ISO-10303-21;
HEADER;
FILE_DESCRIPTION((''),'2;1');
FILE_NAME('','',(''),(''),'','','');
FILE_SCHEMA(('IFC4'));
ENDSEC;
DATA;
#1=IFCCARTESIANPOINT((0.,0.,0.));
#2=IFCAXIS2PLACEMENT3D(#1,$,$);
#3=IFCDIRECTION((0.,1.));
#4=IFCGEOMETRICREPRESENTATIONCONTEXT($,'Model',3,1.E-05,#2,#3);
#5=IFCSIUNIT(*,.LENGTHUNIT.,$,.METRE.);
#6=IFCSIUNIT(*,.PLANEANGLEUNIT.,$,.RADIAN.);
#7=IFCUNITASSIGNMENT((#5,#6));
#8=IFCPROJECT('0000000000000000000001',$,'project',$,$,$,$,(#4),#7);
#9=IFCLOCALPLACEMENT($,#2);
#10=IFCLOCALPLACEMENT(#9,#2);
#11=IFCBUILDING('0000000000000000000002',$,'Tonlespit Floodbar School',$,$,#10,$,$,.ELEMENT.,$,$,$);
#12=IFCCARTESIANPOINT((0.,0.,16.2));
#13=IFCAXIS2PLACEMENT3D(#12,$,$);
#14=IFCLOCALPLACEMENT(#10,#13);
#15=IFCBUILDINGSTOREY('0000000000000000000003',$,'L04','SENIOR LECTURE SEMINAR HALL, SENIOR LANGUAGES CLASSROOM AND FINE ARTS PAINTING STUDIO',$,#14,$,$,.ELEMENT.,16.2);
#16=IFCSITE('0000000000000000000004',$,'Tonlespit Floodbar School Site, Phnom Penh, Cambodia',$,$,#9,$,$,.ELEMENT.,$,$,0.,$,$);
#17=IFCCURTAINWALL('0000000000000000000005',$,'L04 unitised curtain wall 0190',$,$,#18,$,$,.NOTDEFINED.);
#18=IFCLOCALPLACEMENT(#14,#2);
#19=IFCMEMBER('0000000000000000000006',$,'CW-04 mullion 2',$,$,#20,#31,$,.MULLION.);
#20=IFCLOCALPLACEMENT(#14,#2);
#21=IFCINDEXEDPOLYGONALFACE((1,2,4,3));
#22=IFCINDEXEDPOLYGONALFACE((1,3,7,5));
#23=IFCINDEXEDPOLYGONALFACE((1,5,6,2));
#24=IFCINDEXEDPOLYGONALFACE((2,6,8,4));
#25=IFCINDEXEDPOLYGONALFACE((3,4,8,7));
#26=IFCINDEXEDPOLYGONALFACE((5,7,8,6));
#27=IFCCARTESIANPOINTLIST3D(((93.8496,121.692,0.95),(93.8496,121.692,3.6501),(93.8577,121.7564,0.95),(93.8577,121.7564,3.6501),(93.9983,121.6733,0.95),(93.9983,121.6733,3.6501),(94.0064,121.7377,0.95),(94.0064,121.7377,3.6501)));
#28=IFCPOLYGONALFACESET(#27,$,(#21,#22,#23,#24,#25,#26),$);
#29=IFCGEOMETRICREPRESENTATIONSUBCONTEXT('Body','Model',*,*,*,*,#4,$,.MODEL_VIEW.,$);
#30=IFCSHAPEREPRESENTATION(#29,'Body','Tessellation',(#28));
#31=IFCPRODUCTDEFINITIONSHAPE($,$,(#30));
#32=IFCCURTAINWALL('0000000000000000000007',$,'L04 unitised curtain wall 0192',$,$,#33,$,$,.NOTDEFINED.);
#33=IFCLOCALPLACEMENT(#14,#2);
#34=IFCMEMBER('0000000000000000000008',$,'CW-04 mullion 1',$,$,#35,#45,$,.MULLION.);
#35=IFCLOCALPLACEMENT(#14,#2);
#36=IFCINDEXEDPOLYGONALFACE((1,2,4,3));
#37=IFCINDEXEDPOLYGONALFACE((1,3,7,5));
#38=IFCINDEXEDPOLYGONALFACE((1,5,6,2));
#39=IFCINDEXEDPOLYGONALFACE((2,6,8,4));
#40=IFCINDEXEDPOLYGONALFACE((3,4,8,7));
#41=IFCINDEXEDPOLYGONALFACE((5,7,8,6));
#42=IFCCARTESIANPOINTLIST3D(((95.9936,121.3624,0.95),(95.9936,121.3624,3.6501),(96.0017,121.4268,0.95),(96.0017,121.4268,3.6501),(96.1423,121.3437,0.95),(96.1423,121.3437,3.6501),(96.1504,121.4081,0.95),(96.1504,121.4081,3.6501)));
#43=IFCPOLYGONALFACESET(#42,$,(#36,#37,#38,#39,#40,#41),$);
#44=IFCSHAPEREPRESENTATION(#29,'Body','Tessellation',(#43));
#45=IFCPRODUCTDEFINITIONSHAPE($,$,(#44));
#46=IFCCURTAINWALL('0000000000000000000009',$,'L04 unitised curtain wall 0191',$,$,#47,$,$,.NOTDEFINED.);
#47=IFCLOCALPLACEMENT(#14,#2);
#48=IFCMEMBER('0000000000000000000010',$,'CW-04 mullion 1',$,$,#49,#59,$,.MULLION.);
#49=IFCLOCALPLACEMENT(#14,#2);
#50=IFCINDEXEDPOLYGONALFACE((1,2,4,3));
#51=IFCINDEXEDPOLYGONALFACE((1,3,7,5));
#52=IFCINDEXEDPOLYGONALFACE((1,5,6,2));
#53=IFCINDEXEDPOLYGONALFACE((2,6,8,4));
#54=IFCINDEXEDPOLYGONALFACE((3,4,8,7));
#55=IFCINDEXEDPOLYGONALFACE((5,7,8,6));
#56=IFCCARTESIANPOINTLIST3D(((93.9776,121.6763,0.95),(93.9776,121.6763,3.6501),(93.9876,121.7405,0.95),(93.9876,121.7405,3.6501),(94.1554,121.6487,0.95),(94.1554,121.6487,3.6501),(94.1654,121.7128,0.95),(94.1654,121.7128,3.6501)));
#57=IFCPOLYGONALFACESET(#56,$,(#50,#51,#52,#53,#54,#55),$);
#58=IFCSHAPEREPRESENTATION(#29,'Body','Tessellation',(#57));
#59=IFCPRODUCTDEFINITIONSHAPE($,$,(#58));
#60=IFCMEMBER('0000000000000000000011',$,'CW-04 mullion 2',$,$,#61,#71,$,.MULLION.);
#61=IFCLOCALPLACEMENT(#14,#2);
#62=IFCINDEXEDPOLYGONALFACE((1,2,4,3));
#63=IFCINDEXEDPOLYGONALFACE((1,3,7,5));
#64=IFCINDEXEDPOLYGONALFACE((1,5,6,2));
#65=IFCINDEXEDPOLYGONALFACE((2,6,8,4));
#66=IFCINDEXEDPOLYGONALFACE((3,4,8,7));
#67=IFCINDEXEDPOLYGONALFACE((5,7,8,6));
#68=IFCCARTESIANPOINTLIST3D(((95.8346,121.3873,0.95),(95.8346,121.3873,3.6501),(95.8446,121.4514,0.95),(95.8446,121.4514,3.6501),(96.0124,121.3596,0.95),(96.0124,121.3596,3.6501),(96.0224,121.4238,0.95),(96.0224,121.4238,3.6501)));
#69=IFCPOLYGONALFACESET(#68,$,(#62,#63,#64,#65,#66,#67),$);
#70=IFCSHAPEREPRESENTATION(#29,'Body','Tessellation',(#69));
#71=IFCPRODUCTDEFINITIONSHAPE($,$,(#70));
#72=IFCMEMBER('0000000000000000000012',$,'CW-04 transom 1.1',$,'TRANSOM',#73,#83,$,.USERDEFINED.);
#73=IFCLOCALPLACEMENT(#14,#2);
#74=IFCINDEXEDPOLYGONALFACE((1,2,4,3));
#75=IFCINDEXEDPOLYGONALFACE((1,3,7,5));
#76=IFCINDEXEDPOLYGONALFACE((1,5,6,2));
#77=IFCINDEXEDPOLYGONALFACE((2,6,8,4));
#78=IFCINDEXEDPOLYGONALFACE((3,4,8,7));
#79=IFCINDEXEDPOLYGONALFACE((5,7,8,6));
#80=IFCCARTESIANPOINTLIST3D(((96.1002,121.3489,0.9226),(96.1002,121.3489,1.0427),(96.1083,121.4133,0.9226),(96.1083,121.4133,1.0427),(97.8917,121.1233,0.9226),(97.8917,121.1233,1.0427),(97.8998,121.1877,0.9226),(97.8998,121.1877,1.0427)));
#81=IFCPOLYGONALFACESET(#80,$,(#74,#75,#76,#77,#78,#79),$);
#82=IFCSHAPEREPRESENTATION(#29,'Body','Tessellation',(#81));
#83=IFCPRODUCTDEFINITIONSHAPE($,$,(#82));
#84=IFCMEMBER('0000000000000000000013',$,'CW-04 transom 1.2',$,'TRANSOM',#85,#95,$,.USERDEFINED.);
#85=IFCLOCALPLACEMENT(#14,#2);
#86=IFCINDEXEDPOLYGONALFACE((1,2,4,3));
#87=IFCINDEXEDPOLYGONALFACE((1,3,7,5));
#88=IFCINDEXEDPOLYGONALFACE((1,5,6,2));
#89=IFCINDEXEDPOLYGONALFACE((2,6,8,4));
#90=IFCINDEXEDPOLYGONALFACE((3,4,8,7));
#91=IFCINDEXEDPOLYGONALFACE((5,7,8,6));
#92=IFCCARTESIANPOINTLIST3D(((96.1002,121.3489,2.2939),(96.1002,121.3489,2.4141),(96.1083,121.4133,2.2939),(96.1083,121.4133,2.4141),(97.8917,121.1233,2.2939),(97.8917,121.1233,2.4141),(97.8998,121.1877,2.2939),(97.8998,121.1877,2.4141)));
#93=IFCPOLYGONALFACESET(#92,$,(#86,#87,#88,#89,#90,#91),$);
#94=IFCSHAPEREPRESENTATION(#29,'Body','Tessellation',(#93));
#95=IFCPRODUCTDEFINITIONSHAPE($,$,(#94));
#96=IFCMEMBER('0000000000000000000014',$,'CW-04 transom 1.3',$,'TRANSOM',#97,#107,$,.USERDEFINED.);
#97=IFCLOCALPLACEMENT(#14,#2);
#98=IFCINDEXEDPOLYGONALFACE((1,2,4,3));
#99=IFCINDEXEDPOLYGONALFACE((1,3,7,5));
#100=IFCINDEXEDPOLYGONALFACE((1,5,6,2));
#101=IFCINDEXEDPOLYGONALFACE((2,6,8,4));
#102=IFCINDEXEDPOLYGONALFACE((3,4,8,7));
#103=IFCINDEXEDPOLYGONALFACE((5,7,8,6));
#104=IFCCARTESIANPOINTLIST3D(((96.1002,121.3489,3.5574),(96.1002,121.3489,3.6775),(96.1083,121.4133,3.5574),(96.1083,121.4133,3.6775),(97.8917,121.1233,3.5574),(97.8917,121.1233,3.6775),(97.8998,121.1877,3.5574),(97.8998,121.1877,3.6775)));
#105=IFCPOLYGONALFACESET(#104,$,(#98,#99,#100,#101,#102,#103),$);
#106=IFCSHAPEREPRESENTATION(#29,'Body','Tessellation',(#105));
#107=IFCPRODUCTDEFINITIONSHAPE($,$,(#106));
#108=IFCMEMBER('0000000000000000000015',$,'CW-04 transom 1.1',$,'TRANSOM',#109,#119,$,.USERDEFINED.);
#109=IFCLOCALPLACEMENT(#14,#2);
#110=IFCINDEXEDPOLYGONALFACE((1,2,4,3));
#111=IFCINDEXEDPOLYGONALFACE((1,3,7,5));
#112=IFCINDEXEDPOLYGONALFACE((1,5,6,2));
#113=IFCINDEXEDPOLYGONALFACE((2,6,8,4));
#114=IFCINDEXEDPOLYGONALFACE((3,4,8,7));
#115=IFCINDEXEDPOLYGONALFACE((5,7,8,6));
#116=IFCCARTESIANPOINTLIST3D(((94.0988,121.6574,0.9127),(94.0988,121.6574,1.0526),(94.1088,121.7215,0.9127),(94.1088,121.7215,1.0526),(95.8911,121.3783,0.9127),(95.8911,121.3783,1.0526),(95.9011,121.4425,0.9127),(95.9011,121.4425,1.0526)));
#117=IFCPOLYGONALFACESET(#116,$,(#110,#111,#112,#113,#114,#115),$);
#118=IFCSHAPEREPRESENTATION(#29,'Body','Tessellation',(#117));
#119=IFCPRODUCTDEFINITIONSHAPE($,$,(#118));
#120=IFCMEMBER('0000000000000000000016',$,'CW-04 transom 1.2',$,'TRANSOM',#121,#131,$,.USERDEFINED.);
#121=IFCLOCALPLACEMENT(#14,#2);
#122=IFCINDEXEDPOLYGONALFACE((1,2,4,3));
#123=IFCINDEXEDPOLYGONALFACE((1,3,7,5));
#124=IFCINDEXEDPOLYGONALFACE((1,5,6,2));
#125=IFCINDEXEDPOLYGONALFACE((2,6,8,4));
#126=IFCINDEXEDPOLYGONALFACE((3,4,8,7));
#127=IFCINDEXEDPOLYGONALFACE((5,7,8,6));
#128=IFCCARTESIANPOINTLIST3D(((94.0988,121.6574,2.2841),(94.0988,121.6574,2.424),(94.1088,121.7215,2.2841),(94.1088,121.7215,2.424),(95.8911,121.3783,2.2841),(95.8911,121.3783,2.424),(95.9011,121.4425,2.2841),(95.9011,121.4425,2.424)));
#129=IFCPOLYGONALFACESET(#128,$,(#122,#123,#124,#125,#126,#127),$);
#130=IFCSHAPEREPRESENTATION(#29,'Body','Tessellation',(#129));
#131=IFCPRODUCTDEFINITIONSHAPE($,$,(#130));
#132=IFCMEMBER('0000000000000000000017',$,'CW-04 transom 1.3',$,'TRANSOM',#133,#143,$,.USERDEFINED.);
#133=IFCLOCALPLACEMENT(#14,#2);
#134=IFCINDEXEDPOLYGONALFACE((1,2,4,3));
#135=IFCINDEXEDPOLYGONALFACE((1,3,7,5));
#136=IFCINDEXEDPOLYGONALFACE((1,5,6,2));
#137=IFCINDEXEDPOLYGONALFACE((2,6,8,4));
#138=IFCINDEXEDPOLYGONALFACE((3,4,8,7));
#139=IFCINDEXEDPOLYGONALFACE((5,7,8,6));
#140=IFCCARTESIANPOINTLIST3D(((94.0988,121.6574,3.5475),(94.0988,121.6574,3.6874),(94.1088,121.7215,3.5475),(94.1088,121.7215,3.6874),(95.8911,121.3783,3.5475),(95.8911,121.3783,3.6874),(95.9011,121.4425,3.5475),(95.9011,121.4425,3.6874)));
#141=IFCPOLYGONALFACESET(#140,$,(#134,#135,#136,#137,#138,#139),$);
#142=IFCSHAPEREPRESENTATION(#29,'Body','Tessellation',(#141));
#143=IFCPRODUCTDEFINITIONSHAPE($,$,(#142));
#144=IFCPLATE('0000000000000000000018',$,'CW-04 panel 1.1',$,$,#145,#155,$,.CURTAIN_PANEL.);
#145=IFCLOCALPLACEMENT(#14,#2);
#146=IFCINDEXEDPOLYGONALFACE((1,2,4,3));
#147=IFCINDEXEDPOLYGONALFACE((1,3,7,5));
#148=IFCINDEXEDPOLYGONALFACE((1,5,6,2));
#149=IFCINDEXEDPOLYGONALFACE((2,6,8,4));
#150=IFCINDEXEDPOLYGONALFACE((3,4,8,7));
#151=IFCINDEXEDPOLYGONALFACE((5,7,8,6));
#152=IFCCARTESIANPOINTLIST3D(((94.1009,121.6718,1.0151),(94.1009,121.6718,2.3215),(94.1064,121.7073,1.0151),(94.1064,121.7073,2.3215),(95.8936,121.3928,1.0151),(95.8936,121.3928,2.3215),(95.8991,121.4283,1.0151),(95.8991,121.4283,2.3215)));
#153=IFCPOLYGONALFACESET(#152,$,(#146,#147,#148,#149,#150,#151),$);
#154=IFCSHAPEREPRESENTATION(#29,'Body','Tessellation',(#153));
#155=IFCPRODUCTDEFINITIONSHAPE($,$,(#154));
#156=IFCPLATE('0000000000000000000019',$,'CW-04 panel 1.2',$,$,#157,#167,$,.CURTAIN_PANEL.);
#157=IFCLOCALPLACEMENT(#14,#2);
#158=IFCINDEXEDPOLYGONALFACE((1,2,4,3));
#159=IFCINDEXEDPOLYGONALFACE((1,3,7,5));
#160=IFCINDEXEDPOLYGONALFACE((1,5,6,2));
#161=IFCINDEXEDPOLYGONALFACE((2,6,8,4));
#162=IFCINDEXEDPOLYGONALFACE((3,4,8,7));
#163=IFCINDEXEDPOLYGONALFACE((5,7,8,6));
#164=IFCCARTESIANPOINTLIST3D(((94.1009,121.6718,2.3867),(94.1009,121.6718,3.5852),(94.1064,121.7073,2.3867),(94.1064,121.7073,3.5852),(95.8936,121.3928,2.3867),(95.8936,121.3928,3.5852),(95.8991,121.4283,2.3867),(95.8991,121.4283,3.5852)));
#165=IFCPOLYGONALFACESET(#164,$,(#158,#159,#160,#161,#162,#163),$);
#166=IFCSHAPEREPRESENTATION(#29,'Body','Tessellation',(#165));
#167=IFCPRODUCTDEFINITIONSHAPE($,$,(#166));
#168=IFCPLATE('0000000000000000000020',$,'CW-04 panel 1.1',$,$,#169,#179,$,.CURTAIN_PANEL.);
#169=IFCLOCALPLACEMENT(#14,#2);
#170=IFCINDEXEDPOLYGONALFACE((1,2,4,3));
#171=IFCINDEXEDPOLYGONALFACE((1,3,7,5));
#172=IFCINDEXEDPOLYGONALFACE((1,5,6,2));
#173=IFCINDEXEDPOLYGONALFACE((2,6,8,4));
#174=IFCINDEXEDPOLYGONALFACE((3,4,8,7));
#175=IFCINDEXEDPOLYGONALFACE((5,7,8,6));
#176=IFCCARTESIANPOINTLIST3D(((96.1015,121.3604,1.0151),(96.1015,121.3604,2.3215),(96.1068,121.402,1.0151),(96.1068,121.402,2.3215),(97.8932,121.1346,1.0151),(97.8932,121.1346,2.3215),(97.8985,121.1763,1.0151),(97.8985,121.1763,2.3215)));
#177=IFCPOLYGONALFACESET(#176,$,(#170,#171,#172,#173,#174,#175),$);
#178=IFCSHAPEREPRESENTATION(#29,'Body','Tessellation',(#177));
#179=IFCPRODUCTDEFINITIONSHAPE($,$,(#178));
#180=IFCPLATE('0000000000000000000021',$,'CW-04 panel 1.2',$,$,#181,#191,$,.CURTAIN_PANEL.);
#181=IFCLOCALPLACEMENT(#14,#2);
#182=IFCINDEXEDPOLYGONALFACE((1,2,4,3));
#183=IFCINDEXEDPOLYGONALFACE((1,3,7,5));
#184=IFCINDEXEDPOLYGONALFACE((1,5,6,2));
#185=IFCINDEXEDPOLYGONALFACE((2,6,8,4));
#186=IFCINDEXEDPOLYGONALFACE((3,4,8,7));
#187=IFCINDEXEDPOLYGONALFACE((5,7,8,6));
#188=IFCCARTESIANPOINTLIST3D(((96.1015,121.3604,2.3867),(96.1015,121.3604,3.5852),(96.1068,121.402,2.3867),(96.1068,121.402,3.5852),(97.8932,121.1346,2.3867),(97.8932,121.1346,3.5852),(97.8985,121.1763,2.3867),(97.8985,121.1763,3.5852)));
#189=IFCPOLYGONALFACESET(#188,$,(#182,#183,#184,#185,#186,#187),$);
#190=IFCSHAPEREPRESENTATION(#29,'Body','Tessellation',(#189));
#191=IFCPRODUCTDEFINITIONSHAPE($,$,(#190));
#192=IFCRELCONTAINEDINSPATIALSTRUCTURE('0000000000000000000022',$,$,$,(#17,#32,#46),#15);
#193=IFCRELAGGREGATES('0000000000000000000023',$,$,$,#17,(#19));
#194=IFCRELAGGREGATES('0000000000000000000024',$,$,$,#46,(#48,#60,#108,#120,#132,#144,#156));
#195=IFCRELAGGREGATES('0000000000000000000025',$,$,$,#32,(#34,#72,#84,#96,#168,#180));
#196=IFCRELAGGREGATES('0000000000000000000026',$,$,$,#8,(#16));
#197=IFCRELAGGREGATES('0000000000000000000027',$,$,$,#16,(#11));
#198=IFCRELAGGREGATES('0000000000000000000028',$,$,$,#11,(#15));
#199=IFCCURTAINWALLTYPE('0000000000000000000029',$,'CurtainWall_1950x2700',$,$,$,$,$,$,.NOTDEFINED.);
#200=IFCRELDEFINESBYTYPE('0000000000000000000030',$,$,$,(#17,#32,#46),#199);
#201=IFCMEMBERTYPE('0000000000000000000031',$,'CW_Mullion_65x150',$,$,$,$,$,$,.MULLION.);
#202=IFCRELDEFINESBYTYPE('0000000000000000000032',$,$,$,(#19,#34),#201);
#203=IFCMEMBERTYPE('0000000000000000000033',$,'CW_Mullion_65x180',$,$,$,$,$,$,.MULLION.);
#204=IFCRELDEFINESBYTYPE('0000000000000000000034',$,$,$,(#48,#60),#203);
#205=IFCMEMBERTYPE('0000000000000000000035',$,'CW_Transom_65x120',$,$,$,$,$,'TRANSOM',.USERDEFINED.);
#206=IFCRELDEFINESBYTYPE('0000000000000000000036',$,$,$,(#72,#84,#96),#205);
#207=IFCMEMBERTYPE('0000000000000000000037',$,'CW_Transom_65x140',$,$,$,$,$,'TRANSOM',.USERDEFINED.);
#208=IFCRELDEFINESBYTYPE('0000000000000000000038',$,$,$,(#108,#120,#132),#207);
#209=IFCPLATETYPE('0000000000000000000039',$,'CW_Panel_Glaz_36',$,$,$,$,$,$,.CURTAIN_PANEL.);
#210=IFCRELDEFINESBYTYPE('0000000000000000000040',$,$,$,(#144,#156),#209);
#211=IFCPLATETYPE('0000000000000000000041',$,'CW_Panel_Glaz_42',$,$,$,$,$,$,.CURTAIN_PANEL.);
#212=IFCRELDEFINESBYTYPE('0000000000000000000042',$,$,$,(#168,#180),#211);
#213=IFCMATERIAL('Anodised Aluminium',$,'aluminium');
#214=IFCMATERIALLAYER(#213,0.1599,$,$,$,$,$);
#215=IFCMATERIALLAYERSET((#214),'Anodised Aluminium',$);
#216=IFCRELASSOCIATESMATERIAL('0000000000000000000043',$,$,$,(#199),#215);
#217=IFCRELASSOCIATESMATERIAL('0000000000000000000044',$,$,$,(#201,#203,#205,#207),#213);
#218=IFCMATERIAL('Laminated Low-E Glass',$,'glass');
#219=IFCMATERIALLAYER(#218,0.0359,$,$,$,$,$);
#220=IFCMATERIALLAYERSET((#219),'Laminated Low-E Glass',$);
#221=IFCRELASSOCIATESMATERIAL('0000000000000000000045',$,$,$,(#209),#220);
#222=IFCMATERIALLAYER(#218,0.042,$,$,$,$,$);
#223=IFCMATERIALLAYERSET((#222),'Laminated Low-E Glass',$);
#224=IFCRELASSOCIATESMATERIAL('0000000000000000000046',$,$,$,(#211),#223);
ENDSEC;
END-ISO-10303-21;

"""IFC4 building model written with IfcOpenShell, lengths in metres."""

from ifc_helpers import new_model, si_unit, direction, frame, origin, origin_2d, place, context, subcontext, project, spatial, rectangle, extrude, material, layer, layer_set, material_profile, profile_set, type_object, element, aggregate, save


model = new_model("IFC4")

# Units and contexts
model_context = context("Model", 3, precision=1e-05, world=origin(), true_north=direction((0.0, 1.0)))
body_context = subcontext(model_context, "Body", "Model", "MODEL_VIEW")
ifc_project = project(units=[si_unit("LENGTHUNIT", "METRE"), si_unit("PLANEANGLEUNIT", "RADIAN")], contexts=[model_context])

# Site, building, storey
site_placement = place(None, origin())
site = spatial("IfcSite", under=ifc_project, at=site_placement, Name="Tonlespit Floodbar School Site, Phnom Penh, Cambodia", CompositionType="ELEMENT", RefElevation=0.0)
building_placement = place(site_placement, origin())
building = spatial("IfcBuilding", under=site, at=building_placement, Name="Tonlespit Floodbar School", CompositionType="ELEMENT")
storey_placement = place(building_placement, frame((0.0, 0.0, 16.2)))
storey = spatial("IfcBuildingStorey", under=building, at=storey_placement, Name="L04", Description="SENIOR LECTURE SEMINAR HALL, SENIOR LANGUAGES CLASSROOM AND FINE ARTS PAINTING STUDIO", CompositionType="ELEMENT", Elevation=16.2)

# Curtain walls, members
ifc_material_1 = material(Name="Anodised Aluminium", Category="aluminium")
ifc_layer_1 = layer(ifc_material_1, 0.1599)
ifc_layer_set_1 = layer_set([ifc_layer_1], Name="Anodised Aluminium")
curtain_wall_type = type_object("IfcCurtainWallType", Name="CurtainWall_1950x2700", PredefinedType="NOTDEFINED", material=ifc_layer_set_1)
curtain_wall_1_placement = place(storey_placement, origin())
curtain_wall_1 = element("IfcCurtainWall", 1, at=curtain_wall_1_placement, inside=storey, type_object=curtain_wall_type, Name="L04 unitised curtain wall 0190", PredefinedType="NOTDEFINED")
ifc_material_profile_1 = material_profile(ifc_material_1, rectangle(XDim=0.0649, YDim=0.1499, at=origin_2d()), Name="ALU M65x150")
ifc_profile_set_1 = profile_set([ifc_material_profile_1], Name="Anodised Aluminium")
member_type_1 = type_object("IfcMemberType", Name="CW_Mullion_65x150", PredefinedType="MULLION", material=ifc_profile_set_1)
member_1_placement = place(storey_placement, frame((93.928, 121.7148, 0.95), z_axis=(0.0, 0.0, 1.0), x_axis=(0.125014, 0.992155, 0.0)))
member_1 = element("IfcMember", 2, at=member_1_placement, type_object=member_type_1, Name="CW-04 mullion 2", PredefinedType="MULLION", context=body_context, shape_type="SweptSolid", body=[
    extrude(rectangle(XDim=0.0649, YDim=0.1499, at=origin_2d()), origin(), (0.0, 0.0, 1.0), 2.7002),
])
aggregate(curtain_wall_1, [member_1])
curtain_wall_2_placement = place(storey_placement, origin())
curtain_wall_2 = element("IfcCurtainWall", 3, at=curtain_wall_2_placement, inside=storey, type_object=curtain_wall_type, Name="L04 unitised curtain wall 0192", PredefinedType="NOTDEFINED")
member_2_placement = place(storey_placement, frame((96.072, 121.3853, 0.95), z_axis=(0.0, 0.0, 1.0), x_axis=(0.125014, 0.992155, 0.0)))
member_2 = element("IfcMember", 4, at=member_2_placement, type_object=member_type_1, Name="CW-04 mullion 1", PredefinedType="MULLION", context=body_context, shape_type="SweptSolid", body=[
    extrude(rectangle(XDim=0.0649, YDim=0.1499, at=origin_2d()), origin(), (0.0, 0.0, 1.0), 2.7002),
])

# Curtain wall, members
curtain_wall_3_placement = place(storey_placement, origin())
curtain_wall_3 = element("IfcCurtainWall", 5, at=curtain_wall_3_placement, inside=storey, type_object=curtain_wall_type, Name="L04 unitised curtain wall 0191", PredefinedType="NOTDEFINED")
ifc_material_profile_2 = material_profile(ifc_material_1, rectangle(XDim=0.0649, YDim=0.1799, at=origin_2d()), Name="ALU M65x180")
ifc_profile_set_2 = profile_set([ifc_material_profile_2], Name="Anodised Aluminium")
member_type_2 = type_object("IfcMemberType", Name="CW_Mullion_65x180", PredefinedType="MULLION", material=ifc_profile_set_2)
member_3_placement = place(storey_placement, frame((94.0715, 121.6946, 0.95), z_axis=(0.0, 0.0, 1.0), x_axis=(0.153796, 0.988103, 0.0)))
member_3 = element("IfcMember", 6, at=member_3_placement, type_object=member_type_2, Name="CW-04 mullion 1", PredefinedType="MULLION", context=body_context, shape_type="SweptSolid", body=[
    extrude(rectangle(XDim=0.0649, YDim=0.1799, at=origin_2d()), origin(), (0.0, 0.0, 1.0), 2.7002),
])
member_4_placement = place(storey_placement, frame((95.9285, 121.4055, 0.95), z_axis=(0.0, 0.0, 1.0), x_axis=(0.153796, 0.988103, 0.0)))
member_4 = element("IfcMember", 7, at=member_4_placement, type_object=member_type_2, Name="CW-04 mullion 2", PredefinedType="MULLION", context=body_context, shape_type="SweptSolid", body=[
    extrude(rectangle(XDim=0.0649, YDim=0.1799, at=origin_2d()), origin(), (0.0, 0.0, 1.0), 2.7002),
])

# Members
ifc_material_profile_3 = material_profile(ifc_material_1, rectangle(XDim=0.0649, YDim=0.1201, at=origin_2d()), Name="ALU T65x120")
ifc_profile_set_3 = profile_set([ifc_material_profile_3], Name="Anodised Aluminium")
member_type_3 = type_object("IfcMemberType", Name="CW_Transom_65x120", ElementType="TRANSOM", PredefinedType="USERDEFINED", material=ifc_profile_set_3)
member_5_placement = place(storey_placement, frame((96.1042, 121.3811, 0.9827), z_axis=(0.992165, -0.124933, 0.0), x_axis=(0.124933, 0.992165, 0.0)))
member_5 = element("IfcMember", 8, at=member_5_placement, type_object=member_type_3, Name="CW-04 transom 1.1", ObjectType="TRANSOM", PredefinedType="USERDEFINED", context=body_context, shape_type="SweptSolid", body=[
    extrude(rectangle(XDim=0.0649, YDim=0.1201, at=origin_2d()), origin(), (0.0, 0.0, 1.0), 1.8057),
])
member_6_placement = place(storey_placement, frame((96.1042, 121.3811, 2.354), z_axis=(0.992165, -0.124933, 0.0), x_axis=(0.124933, 0.992165, 0.0)))
member_6 = element("IfcMember", 9, at=member_6_placement, type_object=member_type_3, Name="CW-04 transom 1.2", ObjectType="TRANSOM", PredefinedType="USERDEFINED", context=body_context, shape_type="SweptSolid", body=[
    extrude(rectangle(XDim=0.0649, YDim=0.1201, at=origin_2d()), origin(), (0.0, 0.0, 1.0), 1.8057),
])
member_7_placement = place(storey_placement, frame((96.1042, 121.3811, 3.6174), z_axis=(0.992165, -0.124933, 0.0), x_axis=(0.124933, 0.992165, 0.0)))
member_7 = element("IfcMember", 10, at=member_7_placement, type_object=member_type_3, Name="CW-04 transom 1.3", ObjectType="TRANSOM", PredefinedType="USERDEFINED", context=body_context, shape_type="SweptSolid", body=[
    extrude(rectangle(XDim=0.0649, YDim=0.1201, at=origin_2d()), origin(), (0.0, 0.0, 1.0), 1.8057),
])
ifc_material_profile_4 = material_profile(ifc_material_1, rectangle(XDim=0.0649, YDim=0.1399, at=origin_2d()), Name="ALU T65x140")
ifc_profile_set_4 = profile_set([ifc_material_profile_4], Name="Anodised Aluminium")
member_type_4 = type_object("IfcMemberType", Name="CW_Transom_65x140", ElementType="TRANSOM", PredefinedType="USERDEFINED", material=ifc_profile_set_4)
member_8_placement = place(storey_placement, frame((94.1038, 121.6895, 0.9827), z_axis=(0.988098, -0.153827, 0.0), x_axis=(0.153827, 0.988098, 0.0)))
member_8 = element("IfcMember", 11, at=member_8_placement, type_object=member_type_4, Name="CW-04 transom 1.1", ObjectType="TRANSOM", PredefinedType="USERDEFINED", context=body_context, shape_type="SweptSolid", body=[
    extrude(rectangle(XDim=0.0649, YDim=0.1399, at=origin_2d()), origin(), (0.0, 0.0, 1.0), 1.814),
])
member_9_placement = place(storey_placement, frame((94.1038, 121.6895, 2.354), z_axis=(0.988098, -0.153827, 0.0), x_axis=(0.153827, 0.988098, 0.0)))
member_9 = element("IfcMember", 12, at=member_9_placement, type_object=member_type_4, Name="CW-04 transom 1.2", ObjectType="TRANSOM", PredefinedType="USERDEFINED", context=body_context, shape_type="SweptSolid", body=[
    extrude(rectangle(XDim=0.0649, YDim=0.1399, at=origin_2d()), origin(), (0.0, 0.0, 1.0), 1.814),
])
member_10_placement = place(storey_placement, frame((94.1038, 121.6895, 3.6174), z_axis=(0.988098, -0.153827, 0.0), x_axis=(0.153827, 0.988098, 0.0)))
member_10 = element("IfcMember", 13, at=member_10_placement, type_object=member_type_4, Name="CW-04 transom 1.3", ObjectType="TRANSOM", PredefinedType="USERDEFINED", context=body_context, shape_type="SweptSolid", body=[
    extrude(rectangle(XDim=0.0649, YDim=0.1399, at=origin_2d()), origin(), (0.0, 0.0, 1.0), 1.814),
])

# Plates
ifc_material_2 = material(Name="Laminated Low-E Glass", Category="glass")
ifc_layer_2 = layer(ifc_material_2, 0.0359)
ifc_layer_set_2 = layer_set([ifc_layer_2], Name="Laminated Low-E Glass")
plate_type_1 = type_object("IfcPlateType", Name="CW_Panel_Glaz_36", PredefinedType="CURTAIN_PANEL", material=ifc_layer_set_2)
plate_1_placement = place(storey_placement, frame((95.0, 121.55, 1.0151), z_axis=(0.0, 0.0, 1.0), x_axis=(0.988103, -0.153796, 0.0)))
plate_1 = element("IfcPlate", 14, at=plate_1_placement, type_object=plate_type_1, Name="CW-04 panel 1.1", PredefinedType="CURTAIN_PANEL", context=body_context, shape_type="SweptSolid", body=[
    extrude(rectangle(XDim=1.8142, YDim=0.0359, at=origin_2d()), origin(), (0.0, 0.0, 1.0), 1.3064),
])
plate_2_placement = place(storey_placement, frame((95.0, 121.55, 2.3867), z_axis=(0.0, 0.0, 1.0), x_axis=(0.988103, -0.153796, 0.0)))
plate_2 = element("IfcPlate", 15, at=plate_2_placement, type_object=plate_type_1, Name="CW-04 panel 1.2", PredefinedType="CURTAIN_PANEL", context=body_context, shape_type="SweptSolid", body=[
    extrude(rectangle(XDim=1.8142, YDim=0.0359, at=origin_2d()), origin(), (0.0, 0.0, 1.0), 1.1985),
])
aggregate(curtain_wall_3, [member_3, member_4, member_8, member_9, member_10, plate_1, plate_2])
ifc_layer_3 = layer(ifc_material_2, 0.042)
ifc_layer_set_3 = layer_set([ifc_layer_3], Name="Laminated Low-E Glass")
plate_type_2 = type_object("IfcPlateType", Name="CW_Panel_Glaz_42", PredefinedType="CURTAIN_PANEL", material=ifc_layer_set_3)
plate_3_placement = place(storey_placement, frame((97.0, 121.2683, 1.0151), z_axis=(0.0, 0.0, 1.0), x_axis=(0.992155, -0.125014, 0.0)))
plate_3 = element("IfcPlate", 16, at=plate_3_placement, type_object=plate_type_2, Name="CW-04 panel 1.1", PredefinedType="CURTAIN_PANEL", context=body_context, shape_type="SweptSolid", body=[
    extrude(rectangle(XDim=1.8059, YDim=0.042, at=origin_2d()), origin(), (0.0, 0.0, 1.0), 1.3064),
])
plate_4_placement = place(storey_placement, frame((97.0, 121.2683, 2.3867), z_axis=(0.0, 0.0, 1.0), x_axis=(0.992155, -0.125014, 0.0)))
plate_4 = element("IfcPlate", 17, at=plate_4_placement, type_object=plate_type_2, Name="CW-04 panel 1.2", PredefinedType="CURTAIN_PANEL", context=body_context, shape_type="SweptSolid", body=[
    extrude(rectangle(XDim=1.8059, YDim=0.042, at=origin_2d()), origin(), (0.0, 0.0, 1.0), 1.1985),
])
aggregate(curtain_wall_2, [member_2, member_5, member_6, member_7, plate_3, plate_4])

save(model, "model.ifc")
